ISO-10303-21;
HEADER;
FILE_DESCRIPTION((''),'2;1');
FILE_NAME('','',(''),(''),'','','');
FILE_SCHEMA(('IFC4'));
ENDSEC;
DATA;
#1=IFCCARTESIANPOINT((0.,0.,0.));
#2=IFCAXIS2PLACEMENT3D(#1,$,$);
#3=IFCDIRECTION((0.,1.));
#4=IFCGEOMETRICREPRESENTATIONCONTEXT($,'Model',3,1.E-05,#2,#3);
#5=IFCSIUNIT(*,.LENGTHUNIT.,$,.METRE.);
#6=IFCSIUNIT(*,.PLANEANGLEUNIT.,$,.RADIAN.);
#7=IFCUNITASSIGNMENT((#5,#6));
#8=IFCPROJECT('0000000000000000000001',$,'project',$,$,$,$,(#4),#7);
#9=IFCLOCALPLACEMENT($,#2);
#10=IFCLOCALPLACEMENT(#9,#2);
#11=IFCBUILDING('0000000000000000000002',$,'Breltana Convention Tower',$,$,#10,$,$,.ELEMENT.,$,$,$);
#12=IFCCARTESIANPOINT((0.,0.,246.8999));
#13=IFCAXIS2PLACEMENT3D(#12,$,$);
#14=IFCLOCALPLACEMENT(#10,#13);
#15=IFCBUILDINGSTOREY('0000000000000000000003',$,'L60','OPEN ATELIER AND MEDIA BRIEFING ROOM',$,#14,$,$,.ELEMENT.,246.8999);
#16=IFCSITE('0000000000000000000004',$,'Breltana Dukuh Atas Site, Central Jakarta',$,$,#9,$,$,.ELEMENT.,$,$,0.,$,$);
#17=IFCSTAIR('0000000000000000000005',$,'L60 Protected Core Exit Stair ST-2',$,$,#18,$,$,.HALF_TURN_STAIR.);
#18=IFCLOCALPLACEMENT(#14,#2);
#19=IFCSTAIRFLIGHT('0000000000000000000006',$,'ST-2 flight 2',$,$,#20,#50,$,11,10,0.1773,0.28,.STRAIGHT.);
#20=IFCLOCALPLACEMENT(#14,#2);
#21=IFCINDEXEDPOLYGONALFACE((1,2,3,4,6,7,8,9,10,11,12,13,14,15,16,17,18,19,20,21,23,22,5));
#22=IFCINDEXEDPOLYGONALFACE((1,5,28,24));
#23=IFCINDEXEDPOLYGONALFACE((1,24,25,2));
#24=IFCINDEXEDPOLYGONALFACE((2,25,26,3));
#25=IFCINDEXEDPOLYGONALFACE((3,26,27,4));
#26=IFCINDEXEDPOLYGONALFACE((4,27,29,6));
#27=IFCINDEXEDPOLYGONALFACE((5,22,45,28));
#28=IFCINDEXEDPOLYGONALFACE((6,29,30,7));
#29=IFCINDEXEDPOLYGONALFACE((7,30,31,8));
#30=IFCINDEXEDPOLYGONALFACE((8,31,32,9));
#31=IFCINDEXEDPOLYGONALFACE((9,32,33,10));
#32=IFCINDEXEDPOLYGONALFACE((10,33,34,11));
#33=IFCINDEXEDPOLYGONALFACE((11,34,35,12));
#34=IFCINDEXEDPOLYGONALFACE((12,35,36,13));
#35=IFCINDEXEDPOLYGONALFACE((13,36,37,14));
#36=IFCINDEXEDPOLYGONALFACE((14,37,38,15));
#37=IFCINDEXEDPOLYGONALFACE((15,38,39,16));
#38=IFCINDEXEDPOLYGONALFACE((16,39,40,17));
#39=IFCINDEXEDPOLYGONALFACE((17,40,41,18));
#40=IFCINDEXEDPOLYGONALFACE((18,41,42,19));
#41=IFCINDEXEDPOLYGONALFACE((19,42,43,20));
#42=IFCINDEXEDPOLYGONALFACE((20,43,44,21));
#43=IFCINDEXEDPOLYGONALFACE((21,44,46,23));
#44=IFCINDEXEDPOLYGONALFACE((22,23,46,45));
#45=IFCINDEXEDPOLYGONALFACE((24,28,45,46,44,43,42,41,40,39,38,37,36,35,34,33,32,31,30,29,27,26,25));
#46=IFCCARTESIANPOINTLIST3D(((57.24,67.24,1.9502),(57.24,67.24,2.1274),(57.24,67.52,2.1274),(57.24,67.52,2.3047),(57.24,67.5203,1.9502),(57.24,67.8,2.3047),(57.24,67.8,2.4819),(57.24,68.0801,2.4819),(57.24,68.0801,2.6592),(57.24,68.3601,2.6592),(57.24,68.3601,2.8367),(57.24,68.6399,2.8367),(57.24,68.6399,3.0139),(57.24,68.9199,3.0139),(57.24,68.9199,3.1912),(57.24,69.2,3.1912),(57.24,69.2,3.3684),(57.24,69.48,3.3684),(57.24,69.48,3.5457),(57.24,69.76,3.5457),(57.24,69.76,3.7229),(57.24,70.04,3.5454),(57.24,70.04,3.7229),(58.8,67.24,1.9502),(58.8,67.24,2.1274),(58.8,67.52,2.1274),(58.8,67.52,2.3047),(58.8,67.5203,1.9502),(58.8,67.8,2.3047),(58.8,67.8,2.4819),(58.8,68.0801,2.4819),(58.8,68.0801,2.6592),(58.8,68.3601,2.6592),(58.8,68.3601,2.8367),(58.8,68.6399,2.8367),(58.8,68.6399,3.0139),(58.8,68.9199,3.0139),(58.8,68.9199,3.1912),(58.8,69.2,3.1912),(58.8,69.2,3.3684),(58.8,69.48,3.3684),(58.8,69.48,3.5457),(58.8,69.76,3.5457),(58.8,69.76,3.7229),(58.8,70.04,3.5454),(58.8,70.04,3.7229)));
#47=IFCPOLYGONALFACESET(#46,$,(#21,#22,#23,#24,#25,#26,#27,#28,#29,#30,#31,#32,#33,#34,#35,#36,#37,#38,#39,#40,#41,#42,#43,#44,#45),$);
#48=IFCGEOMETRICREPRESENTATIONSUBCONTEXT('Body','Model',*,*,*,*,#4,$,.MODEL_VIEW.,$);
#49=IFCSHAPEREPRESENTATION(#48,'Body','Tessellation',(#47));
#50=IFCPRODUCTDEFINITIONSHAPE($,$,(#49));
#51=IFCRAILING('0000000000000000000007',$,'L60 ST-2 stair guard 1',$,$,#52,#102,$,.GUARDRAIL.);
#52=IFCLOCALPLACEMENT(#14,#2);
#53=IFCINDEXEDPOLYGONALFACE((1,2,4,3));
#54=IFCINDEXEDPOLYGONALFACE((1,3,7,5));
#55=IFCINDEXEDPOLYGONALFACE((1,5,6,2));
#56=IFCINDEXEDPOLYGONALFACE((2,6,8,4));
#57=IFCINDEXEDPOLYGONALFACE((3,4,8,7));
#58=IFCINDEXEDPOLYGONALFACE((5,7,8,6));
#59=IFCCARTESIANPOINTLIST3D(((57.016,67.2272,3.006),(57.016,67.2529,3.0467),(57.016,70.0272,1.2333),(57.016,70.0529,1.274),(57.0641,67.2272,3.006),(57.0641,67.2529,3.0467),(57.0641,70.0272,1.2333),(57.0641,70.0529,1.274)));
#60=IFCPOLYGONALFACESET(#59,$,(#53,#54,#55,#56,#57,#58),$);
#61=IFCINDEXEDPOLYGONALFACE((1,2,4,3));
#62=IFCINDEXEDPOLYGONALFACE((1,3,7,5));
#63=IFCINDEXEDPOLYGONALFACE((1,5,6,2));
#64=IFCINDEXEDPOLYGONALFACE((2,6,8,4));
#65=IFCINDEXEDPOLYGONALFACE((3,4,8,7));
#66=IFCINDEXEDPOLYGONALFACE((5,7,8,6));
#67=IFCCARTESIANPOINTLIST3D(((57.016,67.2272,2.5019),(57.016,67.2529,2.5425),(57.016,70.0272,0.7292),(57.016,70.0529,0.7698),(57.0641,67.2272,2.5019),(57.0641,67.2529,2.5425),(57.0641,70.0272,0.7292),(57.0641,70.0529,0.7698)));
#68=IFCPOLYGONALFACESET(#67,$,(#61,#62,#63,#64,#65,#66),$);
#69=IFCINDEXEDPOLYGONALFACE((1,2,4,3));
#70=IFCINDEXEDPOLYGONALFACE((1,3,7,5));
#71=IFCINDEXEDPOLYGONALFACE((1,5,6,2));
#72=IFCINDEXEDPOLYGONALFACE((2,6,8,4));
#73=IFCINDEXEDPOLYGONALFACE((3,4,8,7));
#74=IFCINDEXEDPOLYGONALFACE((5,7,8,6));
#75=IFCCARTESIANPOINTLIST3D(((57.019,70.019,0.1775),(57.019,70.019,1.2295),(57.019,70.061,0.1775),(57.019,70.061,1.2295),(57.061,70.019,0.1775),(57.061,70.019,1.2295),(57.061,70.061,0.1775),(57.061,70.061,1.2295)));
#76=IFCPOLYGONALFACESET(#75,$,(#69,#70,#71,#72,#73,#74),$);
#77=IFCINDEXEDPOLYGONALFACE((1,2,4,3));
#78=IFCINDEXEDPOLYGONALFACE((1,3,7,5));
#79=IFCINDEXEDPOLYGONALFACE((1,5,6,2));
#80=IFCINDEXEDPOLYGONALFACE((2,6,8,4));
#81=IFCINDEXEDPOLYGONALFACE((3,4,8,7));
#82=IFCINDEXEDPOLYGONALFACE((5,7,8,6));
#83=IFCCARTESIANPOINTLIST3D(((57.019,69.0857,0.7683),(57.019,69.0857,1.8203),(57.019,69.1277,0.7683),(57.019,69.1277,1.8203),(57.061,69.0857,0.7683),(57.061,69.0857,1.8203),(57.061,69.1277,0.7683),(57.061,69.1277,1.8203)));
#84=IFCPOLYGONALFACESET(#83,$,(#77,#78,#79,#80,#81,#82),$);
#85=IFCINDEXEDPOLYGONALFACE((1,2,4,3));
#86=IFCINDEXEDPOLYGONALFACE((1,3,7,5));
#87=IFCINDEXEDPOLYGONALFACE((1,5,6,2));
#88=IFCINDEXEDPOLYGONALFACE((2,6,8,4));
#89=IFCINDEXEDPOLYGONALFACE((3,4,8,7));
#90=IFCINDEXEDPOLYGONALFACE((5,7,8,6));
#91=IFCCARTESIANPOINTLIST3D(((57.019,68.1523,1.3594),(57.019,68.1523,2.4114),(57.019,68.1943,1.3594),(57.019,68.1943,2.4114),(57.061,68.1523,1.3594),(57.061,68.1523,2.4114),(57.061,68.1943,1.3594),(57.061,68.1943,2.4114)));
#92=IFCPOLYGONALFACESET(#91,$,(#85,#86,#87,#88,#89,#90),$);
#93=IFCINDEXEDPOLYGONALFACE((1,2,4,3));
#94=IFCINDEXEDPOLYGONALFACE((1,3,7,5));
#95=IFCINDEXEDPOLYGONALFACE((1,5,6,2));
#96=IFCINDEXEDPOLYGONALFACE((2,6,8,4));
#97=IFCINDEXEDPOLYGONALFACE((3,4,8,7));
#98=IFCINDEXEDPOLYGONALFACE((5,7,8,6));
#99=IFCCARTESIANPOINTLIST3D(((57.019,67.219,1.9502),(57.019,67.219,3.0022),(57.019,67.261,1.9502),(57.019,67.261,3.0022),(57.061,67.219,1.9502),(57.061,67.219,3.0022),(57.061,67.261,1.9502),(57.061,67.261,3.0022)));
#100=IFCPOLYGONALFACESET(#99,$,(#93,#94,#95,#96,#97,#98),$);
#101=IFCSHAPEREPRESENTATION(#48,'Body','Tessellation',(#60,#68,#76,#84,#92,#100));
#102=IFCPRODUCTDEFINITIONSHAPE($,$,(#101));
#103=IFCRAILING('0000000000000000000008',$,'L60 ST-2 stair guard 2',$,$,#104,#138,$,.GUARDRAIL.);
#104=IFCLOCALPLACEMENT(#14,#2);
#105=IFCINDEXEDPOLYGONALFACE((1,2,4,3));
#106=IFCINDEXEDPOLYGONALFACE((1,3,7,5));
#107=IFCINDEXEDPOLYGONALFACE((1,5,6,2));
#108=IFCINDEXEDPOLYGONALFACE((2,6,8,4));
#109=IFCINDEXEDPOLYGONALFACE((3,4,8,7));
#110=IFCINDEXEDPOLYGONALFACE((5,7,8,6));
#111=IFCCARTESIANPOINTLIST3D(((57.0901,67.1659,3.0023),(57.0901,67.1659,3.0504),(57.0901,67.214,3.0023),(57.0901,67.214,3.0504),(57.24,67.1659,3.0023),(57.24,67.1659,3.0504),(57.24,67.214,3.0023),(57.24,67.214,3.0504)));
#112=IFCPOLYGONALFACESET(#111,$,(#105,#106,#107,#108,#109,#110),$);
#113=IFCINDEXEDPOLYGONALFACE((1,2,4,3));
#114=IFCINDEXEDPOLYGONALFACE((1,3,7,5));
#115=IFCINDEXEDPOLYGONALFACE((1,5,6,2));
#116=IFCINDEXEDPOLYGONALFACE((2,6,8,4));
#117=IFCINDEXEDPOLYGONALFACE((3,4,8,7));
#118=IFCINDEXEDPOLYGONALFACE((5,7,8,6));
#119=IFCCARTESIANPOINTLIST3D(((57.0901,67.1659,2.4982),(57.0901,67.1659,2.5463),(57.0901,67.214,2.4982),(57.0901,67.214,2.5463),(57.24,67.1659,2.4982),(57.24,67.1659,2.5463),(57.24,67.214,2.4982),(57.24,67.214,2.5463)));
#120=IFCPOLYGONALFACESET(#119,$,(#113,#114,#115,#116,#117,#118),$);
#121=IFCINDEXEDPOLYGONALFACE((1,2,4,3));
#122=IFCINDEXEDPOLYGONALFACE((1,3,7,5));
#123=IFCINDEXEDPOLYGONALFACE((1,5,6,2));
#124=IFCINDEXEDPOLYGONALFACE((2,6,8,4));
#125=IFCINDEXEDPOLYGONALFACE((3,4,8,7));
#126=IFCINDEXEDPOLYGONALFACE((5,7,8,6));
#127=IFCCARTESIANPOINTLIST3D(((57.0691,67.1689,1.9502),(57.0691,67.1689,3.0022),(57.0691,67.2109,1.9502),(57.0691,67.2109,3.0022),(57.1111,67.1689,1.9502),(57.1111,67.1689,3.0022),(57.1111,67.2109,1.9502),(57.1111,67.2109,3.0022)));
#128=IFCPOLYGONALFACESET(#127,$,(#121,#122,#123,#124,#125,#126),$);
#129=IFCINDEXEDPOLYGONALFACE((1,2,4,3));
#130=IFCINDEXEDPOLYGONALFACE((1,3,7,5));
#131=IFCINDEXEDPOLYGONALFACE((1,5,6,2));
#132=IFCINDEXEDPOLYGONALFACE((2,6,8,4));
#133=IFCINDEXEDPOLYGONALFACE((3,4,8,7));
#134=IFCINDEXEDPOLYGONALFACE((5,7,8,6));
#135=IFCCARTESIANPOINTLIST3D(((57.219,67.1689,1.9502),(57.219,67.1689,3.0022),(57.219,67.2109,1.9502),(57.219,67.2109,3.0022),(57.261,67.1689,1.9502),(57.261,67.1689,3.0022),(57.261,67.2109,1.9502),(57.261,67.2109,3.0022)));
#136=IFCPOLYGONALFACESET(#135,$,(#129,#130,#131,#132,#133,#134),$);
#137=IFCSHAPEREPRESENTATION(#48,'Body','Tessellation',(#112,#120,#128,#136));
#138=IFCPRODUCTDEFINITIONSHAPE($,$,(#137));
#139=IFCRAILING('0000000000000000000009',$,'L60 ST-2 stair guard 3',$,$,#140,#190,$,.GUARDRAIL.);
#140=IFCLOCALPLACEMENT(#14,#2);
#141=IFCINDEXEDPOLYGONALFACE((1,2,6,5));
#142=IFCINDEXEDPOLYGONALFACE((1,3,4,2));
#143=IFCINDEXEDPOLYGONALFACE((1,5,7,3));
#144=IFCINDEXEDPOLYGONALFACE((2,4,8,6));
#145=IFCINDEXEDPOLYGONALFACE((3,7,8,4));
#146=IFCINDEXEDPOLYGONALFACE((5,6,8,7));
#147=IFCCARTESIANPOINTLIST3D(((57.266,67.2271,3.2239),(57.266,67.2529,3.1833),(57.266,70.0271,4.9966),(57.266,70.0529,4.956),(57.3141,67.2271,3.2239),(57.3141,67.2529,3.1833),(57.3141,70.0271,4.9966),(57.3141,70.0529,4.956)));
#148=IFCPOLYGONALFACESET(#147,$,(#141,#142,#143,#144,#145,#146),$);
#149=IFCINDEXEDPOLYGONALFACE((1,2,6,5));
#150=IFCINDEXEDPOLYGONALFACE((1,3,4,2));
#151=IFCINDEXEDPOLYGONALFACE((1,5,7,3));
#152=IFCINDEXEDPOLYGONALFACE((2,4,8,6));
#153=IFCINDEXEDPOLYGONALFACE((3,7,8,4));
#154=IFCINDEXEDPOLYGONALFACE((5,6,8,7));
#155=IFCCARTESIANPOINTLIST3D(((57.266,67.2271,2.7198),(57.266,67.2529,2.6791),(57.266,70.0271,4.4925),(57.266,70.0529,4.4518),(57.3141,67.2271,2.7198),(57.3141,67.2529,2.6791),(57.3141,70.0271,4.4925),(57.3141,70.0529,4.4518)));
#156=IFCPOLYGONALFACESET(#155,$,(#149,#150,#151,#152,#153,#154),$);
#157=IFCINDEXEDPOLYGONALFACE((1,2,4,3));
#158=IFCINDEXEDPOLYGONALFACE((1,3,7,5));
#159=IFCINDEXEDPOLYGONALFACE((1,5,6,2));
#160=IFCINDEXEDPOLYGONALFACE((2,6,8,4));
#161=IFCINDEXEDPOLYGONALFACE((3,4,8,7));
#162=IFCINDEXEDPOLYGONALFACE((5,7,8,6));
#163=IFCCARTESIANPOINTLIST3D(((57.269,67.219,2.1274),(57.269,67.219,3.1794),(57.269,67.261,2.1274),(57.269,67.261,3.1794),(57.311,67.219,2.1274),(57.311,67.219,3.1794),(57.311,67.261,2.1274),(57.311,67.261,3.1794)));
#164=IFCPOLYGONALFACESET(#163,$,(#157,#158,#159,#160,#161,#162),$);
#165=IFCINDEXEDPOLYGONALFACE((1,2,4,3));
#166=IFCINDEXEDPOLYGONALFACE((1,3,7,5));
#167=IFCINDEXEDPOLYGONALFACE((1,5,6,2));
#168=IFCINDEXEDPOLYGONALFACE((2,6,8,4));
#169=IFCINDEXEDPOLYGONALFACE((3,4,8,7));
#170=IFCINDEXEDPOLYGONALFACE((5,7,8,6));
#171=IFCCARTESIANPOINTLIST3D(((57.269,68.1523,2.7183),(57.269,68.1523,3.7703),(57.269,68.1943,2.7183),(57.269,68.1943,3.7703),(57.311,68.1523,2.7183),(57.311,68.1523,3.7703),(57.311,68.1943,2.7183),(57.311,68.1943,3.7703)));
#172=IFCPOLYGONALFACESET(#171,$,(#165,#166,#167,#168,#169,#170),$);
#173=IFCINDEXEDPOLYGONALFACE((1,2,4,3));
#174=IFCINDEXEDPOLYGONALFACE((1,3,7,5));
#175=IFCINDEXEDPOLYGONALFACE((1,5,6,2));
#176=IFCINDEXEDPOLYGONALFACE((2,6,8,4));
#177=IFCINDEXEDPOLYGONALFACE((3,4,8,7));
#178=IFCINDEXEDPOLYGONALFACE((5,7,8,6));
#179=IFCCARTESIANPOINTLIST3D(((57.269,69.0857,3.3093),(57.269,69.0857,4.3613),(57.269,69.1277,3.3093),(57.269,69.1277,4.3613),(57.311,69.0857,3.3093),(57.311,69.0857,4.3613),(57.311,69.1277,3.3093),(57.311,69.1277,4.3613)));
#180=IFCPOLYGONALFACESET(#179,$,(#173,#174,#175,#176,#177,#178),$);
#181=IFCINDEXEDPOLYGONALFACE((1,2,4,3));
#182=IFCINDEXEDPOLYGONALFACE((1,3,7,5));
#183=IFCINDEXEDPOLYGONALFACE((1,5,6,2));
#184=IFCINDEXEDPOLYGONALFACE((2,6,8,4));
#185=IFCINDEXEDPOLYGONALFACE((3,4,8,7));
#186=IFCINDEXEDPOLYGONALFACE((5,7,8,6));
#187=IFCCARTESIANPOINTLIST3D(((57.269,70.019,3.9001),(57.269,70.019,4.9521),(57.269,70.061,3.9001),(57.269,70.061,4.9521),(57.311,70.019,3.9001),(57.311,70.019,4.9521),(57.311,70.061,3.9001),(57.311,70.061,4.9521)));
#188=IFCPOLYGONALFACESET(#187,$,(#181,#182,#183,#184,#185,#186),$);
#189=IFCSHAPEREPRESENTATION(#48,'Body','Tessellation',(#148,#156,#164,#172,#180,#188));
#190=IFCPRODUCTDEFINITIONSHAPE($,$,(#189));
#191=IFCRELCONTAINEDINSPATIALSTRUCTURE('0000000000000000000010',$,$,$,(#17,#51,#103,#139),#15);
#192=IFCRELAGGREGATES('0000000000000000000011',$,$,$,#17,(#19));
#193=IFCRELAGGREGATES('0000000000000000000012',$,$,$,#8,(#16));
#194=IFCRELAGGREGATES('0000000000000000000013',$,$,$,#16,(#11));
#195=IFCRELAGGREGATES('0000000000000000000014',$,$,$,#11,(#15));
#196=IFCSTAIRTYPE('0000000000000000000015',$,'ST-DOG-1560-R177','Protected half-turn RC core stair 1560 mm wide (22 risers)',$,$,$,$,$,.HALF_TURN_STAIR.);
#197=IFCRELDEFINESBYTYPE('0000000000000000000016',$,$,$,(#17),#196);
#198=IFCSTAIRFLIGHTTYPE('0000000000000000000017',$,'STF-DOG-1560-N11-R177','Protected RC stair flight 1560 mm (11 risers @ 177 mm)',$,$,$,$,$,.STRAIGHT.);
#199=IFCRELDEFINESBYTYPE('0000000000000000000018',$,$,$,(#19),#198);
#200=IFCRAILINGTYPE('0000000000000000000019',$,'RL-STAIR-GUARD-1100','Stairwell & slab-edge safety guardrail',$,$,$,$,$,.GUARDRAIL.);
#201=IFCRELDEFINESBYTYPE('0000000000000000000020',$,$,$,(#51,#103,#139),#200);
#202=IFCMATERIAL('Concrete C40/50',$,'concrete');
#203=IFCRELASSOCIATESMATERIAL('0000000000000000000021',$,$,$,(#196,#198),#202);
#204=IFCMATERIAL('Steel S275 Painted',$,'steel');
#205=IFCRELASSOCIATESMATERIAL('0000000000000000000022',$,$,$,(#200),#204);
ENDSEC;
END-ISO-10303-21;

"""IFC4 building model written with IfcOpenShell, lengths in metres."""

from ifc_helpers import new_model, si_unit, direction, frame, origin, origin_2d, place, context, subcontext, project, spatial, polyline, rectangle, outline, extrude, material, type_object, element, aggregate, save


model = new_model("IFC4")

# Units and contexts
model_context = context("Model", 3, precision=1e-05, world=origin(), true_north=direction((0.0, 1.0)))
body_context = subcontext(model_context, "Body", "Model", "MODEL_VIEW")
ifc_project = project(units=[si_unit("LENGTHUNIT", "METRE"), si_unit("PLANEANGLEUNIT", "RADIAN")], contexts=[model_context])

# Site, building, storey
site_placement = place(None, origin())
site = spatial("IfcSite", under=ifc_project, at=site_placement, Name="Breltana Dukuh Atas Site, Central Jakarta", CompositionType="ELEMENT", RefElevation=0.0)
building_placement = place(site_placement, origin())
building = spatial("IfcBuilding", under=site, at=building_placement, Name="Breltana Convention Tower", CompositionType="ELEMENT")
storey_placement = place(building_placement, frame((0.0, 0.0, 246.8999)))
storey = spatial("IfcBuildingStorey", under=building, at=storey_placement, Name="L60", Description="OPEN ATELIER AND MEDIA BRIEFING ROOM", CompositionType="ELEMENT", Elevation=246.8999)

# Stair, stair flight
ifc_material_1 = material(Name="Concrete C40/50", Category="concrete")
stair_type = type_object("IfcStairType", Name="ST-DOG-1560-R177", Description="Protected half-turn RC core stair 1560 mm wide (22 risers)", PredefinedType="HALF_TURN_STAIR", material=ifc_material_1)
stair_placement = place(storey_placement, origin())
stair = element("IfcStair", 1, at=stair_placement, inside=storey, type_object=stair_type, Name="L60 Protected Core Exit Stair ST-2", PredefinedType="HALF_TURN_STAIR")
stair_flight_type = type_object("IfcStairFlightType", Name="STF-DOG-1560-N11-R177", Description="Protected RC stair flight 1560 mm (11 risers @ 177 mm)", PredefinedType="STRAIGHT", material=ifc_material_1)
stair_flight_1_placement = place(storey_placement, frame((58.02, 67.24, 1.9502), z_axis=(0.0, 0.0, 1.0), x_axis=(0.0, 1.0, 0.0)))
stair_flight_1 = element("IfcStairFlight", 2, at=stair_flight_1_placement, type_object=stair_flight_type, Name="ST-2 flight 2", NumberOfRisers=11, NumberOfTreads=10, PredefinedType="STRAIGHT", RiserHeight=0.1773, TreadLength=0.28, context=body_context, shape_type="SweptSolid", body=[
    extrude(outline(polyline([(0.0, 0.0), (0.0, 0.1772), (0.28, 0.1772), (0.28, 0.3545), (0.5601, 0.3545), (0.5601, 0.5317), (0.8401, 0.5317), (0.8401, 0.709), (1.1201, 0.709), (1.1201, 0.8865), (1.3999, 0.8865), (1.3999, 1.0637), (1.6799, 1.0637), (1.6799, 1.241), (1.96, 1.241), (1.96, 1.4182), (2.24, 1.4182), (2.24, 1.5955), (2.52, 1.5955), (2.52, 1.7727), (2.8, 1.7727), (2.8, 1.95), (2.8, 1.5952), (0.2803, 0.0), (0.0, 0.0)])), frame((0.0, 0.78, 0.0), z_axis=(0.0, -1.0, 0.0), x_axis=(1.0, 0.0, 0.0)), (0.0, 0.0, 1.0), 1.5601),
])
aggregate(stair, [stair_flight_1])

# Railings
ifc_material_2 = material(Name="Steel S275 Painted", Category="steel")
railing_type_1 = type_object("IfcRailingType", Name="RL-STAIR-GUARD-1100", Description="Stairwell & slab-edge safety guardrail", PredefinedType="GUARDRAIL", material=ifc_material_2)
railing_1_placement = place(storey_placement, frame((57.04, 70.04, 0.1775)))
element("IfcRailing", 3, at=railing_1_placement, inside=storey, type_object=railing_type_1, Name="L60 ST-2 stair guard 1", PredefinedType="GUARDRAIL", context=body_context, shape_type="SweptSolid", body=[
    extrude(rectangle(XDim=0.0481, YDim=0.0481, at=origin_2d()), frame((0.0, 0.0, 1.0762), z_axis=(0.0, -0.844909, 0.53491), x_axis=(1.0, 0.0, 0.0)), (0.0, 0.0, 1.0), 3.314),
    extrude(rectangle(XDim=0.0481, YDim=0.0481, at=origin_2d()), frame((0.0, 0.0, 0.572), z_axis=(0.0, -0.844909, 0.53491), x_axis=(1.0, 0.0, 0.0)), (0.0, 0.0, 1.0), 3.314),
    extrude(rectangle(XDim=0.042, YDim=0.042, at=origin_2d()), origin(), (0.0, 0.0, 1.0), 1.052),
    extrude(rectangle(XDim=0.042, YDim=0.042, at=origin_2d()), frame((0.0, -0.9333, 0.5908)), (0.0, 0.0, 1.0), 1.052),
    extrude(rectangle(XDim=0.042, YDim=0.042, at=origin_2d()), frame((0.0, -1.8667, 1.1819)), (0.0, 0.0, 1.0), 1.052),
    extrude(rectangle(XDim=0.042, YDim=0.042, at=origin_2d()), frame((0.0, -2.8, 1.7727)), (0.0, 0.0, 1.0), 1.052),
])
railing_2_placement = place(storey_placement, frame((57.0901, 67.1899, 1.9502)))
element("IfcRailing", 4, at=railing_2_placement, inside=storey, type_object=railing_type_1, Name="L60 ST-2 stair guard 2", PredefinedType="GUARDRAIL", context=body_context, shape_type="SweptSolid", body=[
    extrude(rectangle(XDim=0.0481, YDim=0.0481, at=origin_2d()), frame((0.0, 0.0, 1.0762), z_axis=(1.0, 0.0, 0.0), x_axis=(0.0, 1.0, 0.0)), (0.0, 0.0, 1.0), 0.1499),
    extrude(rectangle(XDim=0.0481, YDim=0.0481, at=origin_2d()), frame((0.0, 0.0, 0.572), z_axis=(1.0, 0.0, 0.0), x_axis=(0.0, 1.0, 0.0)), (0.0, 0.0, 1.0), 0.1499),
    extrude(rectangle(XDim=0.042, YDim=0.042, at=origin_2d()), origin(), (0.0, 0.0, 1.0), 1.052),
    extrude(rectangle(XDim=0.042, YDim=0.042, at=origin_2d()), frame((0.1499, 0.0, 0.0)), (0.0, 0.0, 1.0), 1.052),
])
railing_3_placement = place(storey_placement, frame((57.29, 67.24, 2.1274)))
element("IfcRailing", 5, at=railing_3_placement, inside=storey, type_object=railing_type_1, Name="L60 ST-2 stair guard 3", PredefinedType="GUARDRAIL", context=body_context, shape_type="SweptSolid", body=[
    extrude(rectangle(XDim=0.0481, YDim=0.0481, at=origin_2d()), frame((0.0, 0.0, 1.0762), z_axis=(0.0, 0.844909, 0.53491), x_axis=(-1.0, 0.0, 0.0)), (0.0, 0.0, 1.0), 3.314),
    extrude(rectangle(XDim=0.0481, YDim=0.0481, at=origin_2d()), frame((0.0, 0.0, 0.572), z_axis=(0.0, 0.844909, 0.53491), x_axis=(-1.0, 0.0, 0.0)), (0.0, 0.0, 1.0), 3.314),
    extrude(rectangle(XDim=0.042, YDim=0.042, at=origin_2d()), origin(), (0.0, 0.0, 1.0), 1.052),
    extrude(rectangle(XDim=0.042, YDim=0.042, at=origin_2d()), frame((0.0, 0.9333, 0.5908)), (0.0, 0.0, 1.0), 1.052),
    extrude(rectangle(XDim=0.042, YDim=0.042, at=origin_2d()), frame((0.0, 1.8667, 1.1819)), (0.0, 0.0, 1.0), 1.052),
    extrude(rectangle(XDim=0.042, YDim=0.042, at=origin_2d()), frame((0.0, 2.8, 1.7727)), (0.0, 0.0, 1.0), 1.052),
])

save(model, "model.ifc")
